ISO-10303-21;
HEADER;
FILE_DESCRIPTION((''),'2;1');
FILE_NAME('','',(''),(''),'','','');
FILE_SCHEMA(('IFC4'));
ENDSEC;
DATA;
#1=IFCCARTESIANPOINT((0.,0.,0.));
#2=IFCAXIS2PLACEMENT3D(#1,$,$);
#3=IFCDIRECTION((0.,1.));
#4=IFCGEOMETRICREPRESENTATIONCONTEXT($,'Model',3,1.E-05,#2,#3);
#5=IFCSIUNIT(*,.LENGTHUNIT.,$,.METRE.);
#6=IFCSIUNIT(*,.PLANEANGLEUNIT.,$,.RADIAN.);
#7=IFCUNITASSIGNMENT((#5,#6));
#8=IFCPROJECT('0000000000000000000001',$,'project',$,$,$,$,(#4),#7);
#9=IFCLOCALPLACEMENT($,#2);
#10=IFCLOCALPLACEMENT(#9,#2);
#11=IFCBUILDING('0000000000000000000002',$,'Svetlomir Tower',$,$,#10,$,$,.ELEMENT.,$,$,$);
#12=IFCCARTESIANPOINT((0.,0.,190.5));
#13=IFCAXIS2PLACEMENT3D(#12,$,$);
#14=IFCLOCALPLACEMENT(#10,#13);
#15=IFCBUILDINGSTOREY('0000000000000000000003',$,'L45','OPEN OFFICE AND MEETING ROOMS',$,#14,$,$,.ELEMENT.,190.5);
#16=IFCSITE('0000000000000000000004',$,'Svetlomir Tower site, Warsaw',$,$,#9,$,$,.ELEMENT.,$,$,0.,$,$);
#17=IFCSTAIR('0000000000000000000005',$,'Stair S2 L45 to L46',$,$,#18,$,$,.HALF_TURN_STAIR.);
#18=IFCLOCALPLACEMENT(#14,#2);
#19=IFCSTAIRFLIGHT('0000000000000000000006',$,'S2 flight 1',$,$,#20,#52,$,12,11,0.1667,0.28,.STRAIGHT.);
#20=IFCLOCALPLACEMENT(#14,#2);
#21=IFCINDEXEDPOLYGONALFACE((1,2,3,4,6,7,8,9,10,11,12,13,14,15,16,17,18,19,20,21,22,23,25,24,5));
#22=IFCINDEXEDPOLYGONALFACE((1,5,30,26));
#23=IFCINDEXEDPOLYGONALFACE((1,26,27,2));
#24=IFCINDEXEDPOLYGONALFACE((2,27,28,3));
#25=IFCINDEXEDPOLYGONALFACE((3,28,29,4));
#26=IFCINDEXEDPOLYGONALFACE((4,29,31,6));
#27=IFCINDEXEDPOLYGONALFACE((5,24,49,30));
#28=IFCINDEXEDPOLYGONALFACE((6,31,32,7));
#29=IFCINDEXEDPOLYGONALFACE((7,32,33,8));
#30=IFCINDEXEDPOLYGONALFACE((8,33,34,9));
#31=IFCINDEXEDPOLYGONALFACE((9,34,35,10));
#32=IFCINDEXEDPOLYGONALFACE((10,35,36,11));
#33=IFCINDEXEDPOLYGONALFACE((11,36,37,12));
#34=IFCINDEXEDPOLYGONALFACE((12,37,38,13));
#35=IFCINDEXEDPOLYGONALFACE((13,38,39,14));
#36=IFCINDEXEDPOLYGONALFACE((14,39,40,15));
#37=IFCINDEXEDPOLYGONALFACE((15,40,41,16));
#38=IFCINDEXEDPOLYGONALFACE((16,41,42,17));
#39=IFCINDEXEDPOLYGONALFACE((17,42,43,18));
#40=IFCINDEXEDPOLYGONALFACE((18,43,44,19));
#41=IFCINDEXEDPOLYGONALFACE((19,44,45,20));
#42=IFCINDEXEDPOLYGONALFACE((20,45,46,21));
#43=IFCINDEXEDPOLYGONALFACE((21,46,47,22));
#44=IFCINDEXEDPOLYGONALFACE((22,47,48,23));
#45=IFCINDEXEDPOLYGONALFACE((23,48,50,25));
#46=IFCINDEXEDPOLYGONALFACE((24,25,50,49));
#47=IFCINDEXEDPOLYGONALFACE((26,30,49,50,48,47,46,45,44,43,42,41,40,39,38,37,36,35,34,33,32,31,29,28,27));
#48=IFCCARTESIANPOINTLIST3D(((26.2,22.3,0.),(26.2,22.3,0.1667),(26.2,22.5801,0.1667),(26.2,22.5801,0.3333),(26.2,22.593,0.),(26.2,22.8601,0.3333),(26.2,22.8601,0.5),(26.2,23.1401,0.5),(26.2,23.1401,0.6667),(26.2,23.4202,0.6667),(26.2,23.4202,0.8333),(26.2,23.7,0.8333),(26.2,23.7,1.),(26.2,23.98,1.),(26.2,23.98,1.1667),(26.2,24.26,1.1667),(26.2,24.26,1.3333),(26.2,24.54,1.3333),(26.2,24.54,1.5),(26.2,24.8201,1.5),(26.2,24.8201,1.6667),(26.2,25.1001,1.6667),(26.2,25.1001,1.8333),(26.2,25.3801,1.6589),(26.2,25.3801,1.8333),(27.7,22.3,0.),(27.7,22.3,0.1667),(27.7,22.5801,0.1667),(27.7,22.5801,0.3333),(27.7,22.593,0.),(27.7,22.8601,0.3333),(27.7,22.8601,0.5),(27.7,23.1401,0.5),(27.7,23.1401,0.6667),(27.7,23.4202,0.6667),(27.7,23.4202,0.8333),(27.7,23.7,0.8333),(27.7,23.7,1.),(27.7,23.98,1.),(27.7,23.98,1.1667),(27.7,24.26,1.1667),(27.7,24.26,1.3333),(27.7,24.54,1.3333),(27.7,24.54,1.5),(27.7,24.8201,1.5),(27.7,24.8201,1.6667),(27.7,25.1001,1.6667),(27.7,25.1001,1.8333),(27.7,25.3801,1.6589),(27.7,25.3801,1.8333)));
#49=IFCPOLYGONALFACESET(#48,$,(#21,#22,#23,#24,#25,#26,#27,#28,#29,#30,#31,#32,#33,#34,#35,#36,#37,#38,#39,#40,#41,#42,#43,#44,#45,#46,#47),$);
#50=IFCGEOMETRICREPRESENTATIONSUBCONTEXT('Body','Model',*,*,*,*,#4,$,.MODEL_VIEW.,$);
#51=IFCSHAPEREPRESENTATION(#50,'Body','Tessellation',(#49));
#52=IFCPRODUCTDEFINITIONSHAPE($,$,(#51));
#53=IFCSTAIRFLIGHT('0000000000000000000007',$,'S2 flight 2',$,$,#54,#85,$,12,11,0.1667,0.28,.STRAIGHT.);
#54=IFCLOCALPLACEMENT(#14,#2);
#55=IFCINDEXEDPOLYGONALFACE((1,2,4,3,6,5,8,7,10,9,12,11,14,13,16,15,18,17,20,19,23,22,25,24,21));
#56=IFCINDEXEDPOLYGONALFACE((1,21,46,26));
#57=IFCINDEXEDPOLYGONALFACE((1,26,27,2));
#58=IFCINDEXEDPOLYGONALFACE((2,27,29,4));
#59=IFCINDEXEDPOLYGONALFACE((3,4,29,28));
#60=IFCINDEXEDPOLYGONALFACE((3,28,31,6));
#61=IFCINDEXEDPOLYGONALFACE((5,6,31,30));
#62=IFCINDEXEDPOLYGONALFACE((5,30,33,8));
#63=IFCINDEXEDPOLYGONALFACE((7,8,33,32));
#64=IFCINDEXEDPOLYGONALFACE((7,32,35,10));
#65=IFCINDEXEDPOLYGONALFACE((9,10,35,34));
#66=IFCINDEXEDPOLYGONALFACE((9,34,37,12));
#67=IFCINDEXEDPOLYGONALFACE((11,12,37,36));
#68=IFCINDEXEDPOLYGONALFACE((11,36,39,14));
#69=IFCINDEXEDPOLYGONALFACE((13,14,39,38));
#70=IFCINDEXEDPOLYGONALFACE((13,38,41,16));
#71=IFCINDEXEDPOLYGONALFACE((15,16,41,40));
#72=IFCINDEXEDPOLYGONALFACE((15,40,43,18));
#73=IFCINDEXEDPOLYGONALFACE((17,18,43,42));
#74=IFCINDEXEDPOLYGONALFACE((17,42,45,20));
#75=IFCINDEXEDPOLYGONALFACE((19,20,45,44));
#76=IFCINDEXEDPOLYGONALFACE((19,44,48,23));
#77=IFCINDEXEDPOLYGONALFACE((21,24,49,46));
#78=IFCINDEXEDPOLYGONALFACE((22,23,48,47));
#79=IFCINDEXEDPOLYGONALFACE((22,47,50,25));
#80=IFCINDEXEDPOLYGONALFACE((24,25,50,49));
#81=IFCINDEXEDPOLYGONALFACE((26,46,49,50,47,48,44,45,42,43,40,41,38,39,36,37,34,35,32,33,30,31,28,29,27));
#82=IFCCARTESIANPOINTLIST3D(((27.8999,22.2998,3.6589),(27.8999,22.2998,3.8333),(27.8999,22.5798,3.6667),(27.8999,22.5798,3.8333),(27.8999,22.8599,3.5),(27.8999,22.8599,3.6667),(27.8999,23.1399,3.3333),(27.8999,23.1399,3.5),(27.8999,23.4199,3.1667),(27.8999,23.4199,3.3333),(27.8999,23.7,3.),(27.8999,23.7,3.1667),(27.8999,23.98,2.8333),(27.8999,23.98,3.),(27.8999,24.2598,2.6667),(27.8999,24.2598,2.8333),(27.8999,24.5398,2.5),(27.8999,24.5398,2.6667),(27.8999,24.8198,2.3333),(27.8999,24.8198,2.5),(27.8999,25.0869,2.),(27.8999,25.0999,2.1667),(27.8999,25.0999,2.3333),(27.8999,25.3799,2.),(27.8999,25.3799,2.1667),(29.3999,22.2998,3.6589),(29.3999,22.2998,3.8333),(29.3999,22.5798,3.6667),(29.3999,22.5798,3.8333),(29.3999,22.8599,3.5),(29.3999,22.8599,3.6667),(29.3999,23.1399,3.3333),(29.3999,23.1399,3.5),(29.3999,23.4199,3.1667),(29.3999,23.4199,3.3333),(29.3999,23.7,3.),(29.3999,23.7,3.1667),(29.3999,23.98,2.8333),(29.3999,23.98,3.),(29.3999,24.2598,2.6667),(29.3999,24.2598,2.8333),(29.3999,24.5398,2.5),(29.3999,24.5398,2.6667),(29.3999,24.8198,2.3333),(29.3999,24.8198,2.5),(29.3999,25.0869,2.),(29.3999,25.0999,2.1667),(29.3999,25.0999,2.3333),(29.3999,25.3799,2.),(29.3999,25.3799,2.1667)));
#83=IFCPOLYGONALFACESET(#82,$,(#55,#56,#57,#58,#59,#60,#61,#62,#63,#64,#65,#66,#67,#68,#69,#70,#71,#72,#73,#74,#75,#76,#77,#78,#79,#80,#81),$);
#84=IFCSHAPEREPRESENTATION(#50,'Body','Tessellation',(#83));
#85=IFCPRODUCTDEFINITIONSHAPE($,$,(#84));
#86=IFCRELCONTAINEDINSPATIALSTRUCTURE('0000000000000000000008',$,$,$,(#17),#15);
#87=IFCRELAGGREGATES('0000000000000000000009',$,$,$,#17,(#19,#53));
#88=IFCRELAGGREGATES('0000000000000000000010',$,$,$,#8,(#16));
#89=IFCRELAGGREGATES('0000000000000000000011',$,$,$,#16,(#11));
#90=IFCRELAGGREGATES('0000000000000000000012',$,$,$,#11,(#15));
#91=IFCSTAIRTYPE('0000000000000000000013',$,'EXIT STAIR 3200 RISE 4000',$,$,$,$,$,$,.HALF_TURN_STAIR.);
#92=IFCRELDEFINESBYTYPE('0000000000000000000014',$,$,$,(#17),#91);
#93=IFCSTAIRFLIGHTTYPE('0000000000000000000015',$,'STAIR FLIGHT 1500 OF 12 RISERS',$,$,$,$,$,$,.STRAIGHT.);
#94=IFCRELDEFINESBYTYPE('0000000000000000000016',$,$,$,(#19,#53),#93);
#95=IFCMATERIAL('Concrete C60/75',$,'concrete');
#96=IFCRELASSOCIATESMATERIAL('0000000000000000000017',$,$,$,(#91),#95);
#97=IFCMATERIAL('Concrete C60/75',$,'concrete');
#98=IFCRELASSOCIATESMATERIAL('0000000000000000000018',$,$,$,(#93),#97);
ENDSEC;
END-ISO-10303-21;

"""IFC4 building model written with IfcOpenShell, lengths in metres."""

from ifc_helpers import new_model, si_unit, direction, frame, origin, place, context, subcontext, project, spatial, polyline, outline, extrude, material, type_object, element, aggregate, save


model = new_model("IFC4")

# Units and contexts
model_context = context("Model", 3, precision=1e-05, world=origin(), true_north=direction((0.0, 1.0)))
body_context = subcontext(model_context, "Body", "Model", "MODEL_VIEW")
ifc_project = project(units=[si_unit("LENGTHUNIT", "METRE"), si_unit("PLANEANGLEUNIT", "RADIAN")], contexts=[model_context])

# Site, building, storey
site_placement = place(None, origin())
site = spatial("IfcSite", under=ifc_project, at=site_placement, Name="Svetlomir Tower site, Warsaw", CompositionType="ELEMENT", RefElevation=0.0)
building_placement = place(site_placement, origin())
building = spatial("IfcBuilding", under=site, at=building_placement, Name="Svetlomir Tower", CompositionType="ELEMENT")
storey_placement = place(building_placement, frame((0.0, 0.0, 190.5)))
storey = spatial("IfcBuildingStorey", under=building, at=storey_placement, Name="L45", Description="OPEN OFFICE AND MEETING ROOMS", CompositionType="ELEMENT", Elevation=190.5)

# Stair, stair flights
ifc_material_1 = material(Name="Concrete C60/75", Category="concrete")
stair_type = type_object("IfcStairType", Name="EXIT STAIR 3200 RISE 4000", PredefinedType="HALF_TURN_STAIR", material=ifc_material_1)
stair_placement = place(storey_placement, origin())
stair = element("IfcStair", 1, at=stair_placement, inside=storey, type_object=stair_type, Name="Stair S2 L45 to L46", PredefinedType="HALF_TURN_STAIR")
ifc_material_2 = material(Name="Concrete C60/75", Category="concrete")
stair_flight_type = type_object("IfcStairFlightType", Name="STAIR FLIGHT 1500 OF 12 RISERS", PredefinedType="STRAIGHT", material=ifc_material_2)
stair_flight_1_placement = place(storey_placement, frame((26.95, 22.3, 0.0), z_axis=(0.0, 0.0, 1.0), x_axis=(0.0, 1.0, 0.0)))
stair_flight_1 = element("IfcStairFlight", 2, at=stair_flight_1_placement, type_object=stair_flight_type, Name="S2 flight 1", NumberOfRisers=12, NumberOfTreads=11, PredefinedType="STRAIGHT", RiserHeight=0.1667, TreadLength=0.28, context=body_context, shape_type="SweptSolid", body=[
    extrude(outline(polyline([(0.0, 0.0), (0.0, 0.1667), (0.28, 0.1667), (0.28, 0.3333), (0.5601, 0.3333), (0.5601, 0.5), (0.8401, 0.5), (0.8401, 0.6667), (1.1201, 0.6667), (1.1201, 0.8333), (1.3999, 0.8333), (1.3999, 1.0), (1.6799, 1.0), (1.6799, 1.1667), (1.96, 1.1667), (1.96, 1.3333), (2.24, 1.3333), (2.24, 1.5), (2.52, 1.5), (2.52, 1.6667), (2.8, 1.6667), (2.8, 1.8333), (3.0801, 1.8333), (3.0801, 2.0), (3.0801, 1.6589), (0.293, 0.0), (0.0, 0.0)])), frame((0.0, 0.75, 0.0), z_axis=(0.0, -1.0, 0.0), x_axis=(1.0, 0.0, 0.0)), (0.0, 0.0, 1.0), 1.5),
])
stair_flight_2_placement = place(storey_placement, frame((28.6499, 25.3799, 2.0), z_axis=(0.0, 0.0, 1.0), x_axis=(0.0, -1.0, 0.0)))
stair_flight_2 = element("IfcStairFlight", 3, at=stair_flight_2_placement, type_object=stair_flight_type, Name="S2 flight 2", NumberOfRisers=12, NumberOfTreads=11, PredefinedType="STRAIGHT", RiserHeight=0.1667, TreadLength=0.28, context=body_context, shape_type="SweptSolid", body=[
    extrude(outline(polyline([(0.0, 0.0), (0.0, 0.1667), (0.28, 0.1667), (0.28, 0.3333), (0.5601, 0.3333), (0.5601, 0.5), (0.8401, 0.5), (0.8401, 0.6667), (1.1201, 0.6667), (1.1201, 0.8333), (1.3999, 0.8333), (1.3999, 1.0), (1.6799, 1.0), (1.6799, 1.1667), (1.96, 1.1667), (1.96, 1.3333), (2.24, 1.3333), (2.24, 1.5), (2.52, 1.5), (2.52, 1.6667), (2.8, 1.6667), (2.8, 1.8333), (3.0801, 1.8333), (3.0801, 2.0), (3.0801, 1.6589), (0.293, 0.0), (0.0, 0.0)])), frame((0.0, 0.75, 0.0), z_axis=(0.0, -1.0, 0.0), x_axis=(1.0, 0.0, 0.0)), (0.0, 0.0, 1.0), 1.5),
])
aggregate(stair, [stair_flight_1, stair_flight_2])

save(model, "model.ifc")
